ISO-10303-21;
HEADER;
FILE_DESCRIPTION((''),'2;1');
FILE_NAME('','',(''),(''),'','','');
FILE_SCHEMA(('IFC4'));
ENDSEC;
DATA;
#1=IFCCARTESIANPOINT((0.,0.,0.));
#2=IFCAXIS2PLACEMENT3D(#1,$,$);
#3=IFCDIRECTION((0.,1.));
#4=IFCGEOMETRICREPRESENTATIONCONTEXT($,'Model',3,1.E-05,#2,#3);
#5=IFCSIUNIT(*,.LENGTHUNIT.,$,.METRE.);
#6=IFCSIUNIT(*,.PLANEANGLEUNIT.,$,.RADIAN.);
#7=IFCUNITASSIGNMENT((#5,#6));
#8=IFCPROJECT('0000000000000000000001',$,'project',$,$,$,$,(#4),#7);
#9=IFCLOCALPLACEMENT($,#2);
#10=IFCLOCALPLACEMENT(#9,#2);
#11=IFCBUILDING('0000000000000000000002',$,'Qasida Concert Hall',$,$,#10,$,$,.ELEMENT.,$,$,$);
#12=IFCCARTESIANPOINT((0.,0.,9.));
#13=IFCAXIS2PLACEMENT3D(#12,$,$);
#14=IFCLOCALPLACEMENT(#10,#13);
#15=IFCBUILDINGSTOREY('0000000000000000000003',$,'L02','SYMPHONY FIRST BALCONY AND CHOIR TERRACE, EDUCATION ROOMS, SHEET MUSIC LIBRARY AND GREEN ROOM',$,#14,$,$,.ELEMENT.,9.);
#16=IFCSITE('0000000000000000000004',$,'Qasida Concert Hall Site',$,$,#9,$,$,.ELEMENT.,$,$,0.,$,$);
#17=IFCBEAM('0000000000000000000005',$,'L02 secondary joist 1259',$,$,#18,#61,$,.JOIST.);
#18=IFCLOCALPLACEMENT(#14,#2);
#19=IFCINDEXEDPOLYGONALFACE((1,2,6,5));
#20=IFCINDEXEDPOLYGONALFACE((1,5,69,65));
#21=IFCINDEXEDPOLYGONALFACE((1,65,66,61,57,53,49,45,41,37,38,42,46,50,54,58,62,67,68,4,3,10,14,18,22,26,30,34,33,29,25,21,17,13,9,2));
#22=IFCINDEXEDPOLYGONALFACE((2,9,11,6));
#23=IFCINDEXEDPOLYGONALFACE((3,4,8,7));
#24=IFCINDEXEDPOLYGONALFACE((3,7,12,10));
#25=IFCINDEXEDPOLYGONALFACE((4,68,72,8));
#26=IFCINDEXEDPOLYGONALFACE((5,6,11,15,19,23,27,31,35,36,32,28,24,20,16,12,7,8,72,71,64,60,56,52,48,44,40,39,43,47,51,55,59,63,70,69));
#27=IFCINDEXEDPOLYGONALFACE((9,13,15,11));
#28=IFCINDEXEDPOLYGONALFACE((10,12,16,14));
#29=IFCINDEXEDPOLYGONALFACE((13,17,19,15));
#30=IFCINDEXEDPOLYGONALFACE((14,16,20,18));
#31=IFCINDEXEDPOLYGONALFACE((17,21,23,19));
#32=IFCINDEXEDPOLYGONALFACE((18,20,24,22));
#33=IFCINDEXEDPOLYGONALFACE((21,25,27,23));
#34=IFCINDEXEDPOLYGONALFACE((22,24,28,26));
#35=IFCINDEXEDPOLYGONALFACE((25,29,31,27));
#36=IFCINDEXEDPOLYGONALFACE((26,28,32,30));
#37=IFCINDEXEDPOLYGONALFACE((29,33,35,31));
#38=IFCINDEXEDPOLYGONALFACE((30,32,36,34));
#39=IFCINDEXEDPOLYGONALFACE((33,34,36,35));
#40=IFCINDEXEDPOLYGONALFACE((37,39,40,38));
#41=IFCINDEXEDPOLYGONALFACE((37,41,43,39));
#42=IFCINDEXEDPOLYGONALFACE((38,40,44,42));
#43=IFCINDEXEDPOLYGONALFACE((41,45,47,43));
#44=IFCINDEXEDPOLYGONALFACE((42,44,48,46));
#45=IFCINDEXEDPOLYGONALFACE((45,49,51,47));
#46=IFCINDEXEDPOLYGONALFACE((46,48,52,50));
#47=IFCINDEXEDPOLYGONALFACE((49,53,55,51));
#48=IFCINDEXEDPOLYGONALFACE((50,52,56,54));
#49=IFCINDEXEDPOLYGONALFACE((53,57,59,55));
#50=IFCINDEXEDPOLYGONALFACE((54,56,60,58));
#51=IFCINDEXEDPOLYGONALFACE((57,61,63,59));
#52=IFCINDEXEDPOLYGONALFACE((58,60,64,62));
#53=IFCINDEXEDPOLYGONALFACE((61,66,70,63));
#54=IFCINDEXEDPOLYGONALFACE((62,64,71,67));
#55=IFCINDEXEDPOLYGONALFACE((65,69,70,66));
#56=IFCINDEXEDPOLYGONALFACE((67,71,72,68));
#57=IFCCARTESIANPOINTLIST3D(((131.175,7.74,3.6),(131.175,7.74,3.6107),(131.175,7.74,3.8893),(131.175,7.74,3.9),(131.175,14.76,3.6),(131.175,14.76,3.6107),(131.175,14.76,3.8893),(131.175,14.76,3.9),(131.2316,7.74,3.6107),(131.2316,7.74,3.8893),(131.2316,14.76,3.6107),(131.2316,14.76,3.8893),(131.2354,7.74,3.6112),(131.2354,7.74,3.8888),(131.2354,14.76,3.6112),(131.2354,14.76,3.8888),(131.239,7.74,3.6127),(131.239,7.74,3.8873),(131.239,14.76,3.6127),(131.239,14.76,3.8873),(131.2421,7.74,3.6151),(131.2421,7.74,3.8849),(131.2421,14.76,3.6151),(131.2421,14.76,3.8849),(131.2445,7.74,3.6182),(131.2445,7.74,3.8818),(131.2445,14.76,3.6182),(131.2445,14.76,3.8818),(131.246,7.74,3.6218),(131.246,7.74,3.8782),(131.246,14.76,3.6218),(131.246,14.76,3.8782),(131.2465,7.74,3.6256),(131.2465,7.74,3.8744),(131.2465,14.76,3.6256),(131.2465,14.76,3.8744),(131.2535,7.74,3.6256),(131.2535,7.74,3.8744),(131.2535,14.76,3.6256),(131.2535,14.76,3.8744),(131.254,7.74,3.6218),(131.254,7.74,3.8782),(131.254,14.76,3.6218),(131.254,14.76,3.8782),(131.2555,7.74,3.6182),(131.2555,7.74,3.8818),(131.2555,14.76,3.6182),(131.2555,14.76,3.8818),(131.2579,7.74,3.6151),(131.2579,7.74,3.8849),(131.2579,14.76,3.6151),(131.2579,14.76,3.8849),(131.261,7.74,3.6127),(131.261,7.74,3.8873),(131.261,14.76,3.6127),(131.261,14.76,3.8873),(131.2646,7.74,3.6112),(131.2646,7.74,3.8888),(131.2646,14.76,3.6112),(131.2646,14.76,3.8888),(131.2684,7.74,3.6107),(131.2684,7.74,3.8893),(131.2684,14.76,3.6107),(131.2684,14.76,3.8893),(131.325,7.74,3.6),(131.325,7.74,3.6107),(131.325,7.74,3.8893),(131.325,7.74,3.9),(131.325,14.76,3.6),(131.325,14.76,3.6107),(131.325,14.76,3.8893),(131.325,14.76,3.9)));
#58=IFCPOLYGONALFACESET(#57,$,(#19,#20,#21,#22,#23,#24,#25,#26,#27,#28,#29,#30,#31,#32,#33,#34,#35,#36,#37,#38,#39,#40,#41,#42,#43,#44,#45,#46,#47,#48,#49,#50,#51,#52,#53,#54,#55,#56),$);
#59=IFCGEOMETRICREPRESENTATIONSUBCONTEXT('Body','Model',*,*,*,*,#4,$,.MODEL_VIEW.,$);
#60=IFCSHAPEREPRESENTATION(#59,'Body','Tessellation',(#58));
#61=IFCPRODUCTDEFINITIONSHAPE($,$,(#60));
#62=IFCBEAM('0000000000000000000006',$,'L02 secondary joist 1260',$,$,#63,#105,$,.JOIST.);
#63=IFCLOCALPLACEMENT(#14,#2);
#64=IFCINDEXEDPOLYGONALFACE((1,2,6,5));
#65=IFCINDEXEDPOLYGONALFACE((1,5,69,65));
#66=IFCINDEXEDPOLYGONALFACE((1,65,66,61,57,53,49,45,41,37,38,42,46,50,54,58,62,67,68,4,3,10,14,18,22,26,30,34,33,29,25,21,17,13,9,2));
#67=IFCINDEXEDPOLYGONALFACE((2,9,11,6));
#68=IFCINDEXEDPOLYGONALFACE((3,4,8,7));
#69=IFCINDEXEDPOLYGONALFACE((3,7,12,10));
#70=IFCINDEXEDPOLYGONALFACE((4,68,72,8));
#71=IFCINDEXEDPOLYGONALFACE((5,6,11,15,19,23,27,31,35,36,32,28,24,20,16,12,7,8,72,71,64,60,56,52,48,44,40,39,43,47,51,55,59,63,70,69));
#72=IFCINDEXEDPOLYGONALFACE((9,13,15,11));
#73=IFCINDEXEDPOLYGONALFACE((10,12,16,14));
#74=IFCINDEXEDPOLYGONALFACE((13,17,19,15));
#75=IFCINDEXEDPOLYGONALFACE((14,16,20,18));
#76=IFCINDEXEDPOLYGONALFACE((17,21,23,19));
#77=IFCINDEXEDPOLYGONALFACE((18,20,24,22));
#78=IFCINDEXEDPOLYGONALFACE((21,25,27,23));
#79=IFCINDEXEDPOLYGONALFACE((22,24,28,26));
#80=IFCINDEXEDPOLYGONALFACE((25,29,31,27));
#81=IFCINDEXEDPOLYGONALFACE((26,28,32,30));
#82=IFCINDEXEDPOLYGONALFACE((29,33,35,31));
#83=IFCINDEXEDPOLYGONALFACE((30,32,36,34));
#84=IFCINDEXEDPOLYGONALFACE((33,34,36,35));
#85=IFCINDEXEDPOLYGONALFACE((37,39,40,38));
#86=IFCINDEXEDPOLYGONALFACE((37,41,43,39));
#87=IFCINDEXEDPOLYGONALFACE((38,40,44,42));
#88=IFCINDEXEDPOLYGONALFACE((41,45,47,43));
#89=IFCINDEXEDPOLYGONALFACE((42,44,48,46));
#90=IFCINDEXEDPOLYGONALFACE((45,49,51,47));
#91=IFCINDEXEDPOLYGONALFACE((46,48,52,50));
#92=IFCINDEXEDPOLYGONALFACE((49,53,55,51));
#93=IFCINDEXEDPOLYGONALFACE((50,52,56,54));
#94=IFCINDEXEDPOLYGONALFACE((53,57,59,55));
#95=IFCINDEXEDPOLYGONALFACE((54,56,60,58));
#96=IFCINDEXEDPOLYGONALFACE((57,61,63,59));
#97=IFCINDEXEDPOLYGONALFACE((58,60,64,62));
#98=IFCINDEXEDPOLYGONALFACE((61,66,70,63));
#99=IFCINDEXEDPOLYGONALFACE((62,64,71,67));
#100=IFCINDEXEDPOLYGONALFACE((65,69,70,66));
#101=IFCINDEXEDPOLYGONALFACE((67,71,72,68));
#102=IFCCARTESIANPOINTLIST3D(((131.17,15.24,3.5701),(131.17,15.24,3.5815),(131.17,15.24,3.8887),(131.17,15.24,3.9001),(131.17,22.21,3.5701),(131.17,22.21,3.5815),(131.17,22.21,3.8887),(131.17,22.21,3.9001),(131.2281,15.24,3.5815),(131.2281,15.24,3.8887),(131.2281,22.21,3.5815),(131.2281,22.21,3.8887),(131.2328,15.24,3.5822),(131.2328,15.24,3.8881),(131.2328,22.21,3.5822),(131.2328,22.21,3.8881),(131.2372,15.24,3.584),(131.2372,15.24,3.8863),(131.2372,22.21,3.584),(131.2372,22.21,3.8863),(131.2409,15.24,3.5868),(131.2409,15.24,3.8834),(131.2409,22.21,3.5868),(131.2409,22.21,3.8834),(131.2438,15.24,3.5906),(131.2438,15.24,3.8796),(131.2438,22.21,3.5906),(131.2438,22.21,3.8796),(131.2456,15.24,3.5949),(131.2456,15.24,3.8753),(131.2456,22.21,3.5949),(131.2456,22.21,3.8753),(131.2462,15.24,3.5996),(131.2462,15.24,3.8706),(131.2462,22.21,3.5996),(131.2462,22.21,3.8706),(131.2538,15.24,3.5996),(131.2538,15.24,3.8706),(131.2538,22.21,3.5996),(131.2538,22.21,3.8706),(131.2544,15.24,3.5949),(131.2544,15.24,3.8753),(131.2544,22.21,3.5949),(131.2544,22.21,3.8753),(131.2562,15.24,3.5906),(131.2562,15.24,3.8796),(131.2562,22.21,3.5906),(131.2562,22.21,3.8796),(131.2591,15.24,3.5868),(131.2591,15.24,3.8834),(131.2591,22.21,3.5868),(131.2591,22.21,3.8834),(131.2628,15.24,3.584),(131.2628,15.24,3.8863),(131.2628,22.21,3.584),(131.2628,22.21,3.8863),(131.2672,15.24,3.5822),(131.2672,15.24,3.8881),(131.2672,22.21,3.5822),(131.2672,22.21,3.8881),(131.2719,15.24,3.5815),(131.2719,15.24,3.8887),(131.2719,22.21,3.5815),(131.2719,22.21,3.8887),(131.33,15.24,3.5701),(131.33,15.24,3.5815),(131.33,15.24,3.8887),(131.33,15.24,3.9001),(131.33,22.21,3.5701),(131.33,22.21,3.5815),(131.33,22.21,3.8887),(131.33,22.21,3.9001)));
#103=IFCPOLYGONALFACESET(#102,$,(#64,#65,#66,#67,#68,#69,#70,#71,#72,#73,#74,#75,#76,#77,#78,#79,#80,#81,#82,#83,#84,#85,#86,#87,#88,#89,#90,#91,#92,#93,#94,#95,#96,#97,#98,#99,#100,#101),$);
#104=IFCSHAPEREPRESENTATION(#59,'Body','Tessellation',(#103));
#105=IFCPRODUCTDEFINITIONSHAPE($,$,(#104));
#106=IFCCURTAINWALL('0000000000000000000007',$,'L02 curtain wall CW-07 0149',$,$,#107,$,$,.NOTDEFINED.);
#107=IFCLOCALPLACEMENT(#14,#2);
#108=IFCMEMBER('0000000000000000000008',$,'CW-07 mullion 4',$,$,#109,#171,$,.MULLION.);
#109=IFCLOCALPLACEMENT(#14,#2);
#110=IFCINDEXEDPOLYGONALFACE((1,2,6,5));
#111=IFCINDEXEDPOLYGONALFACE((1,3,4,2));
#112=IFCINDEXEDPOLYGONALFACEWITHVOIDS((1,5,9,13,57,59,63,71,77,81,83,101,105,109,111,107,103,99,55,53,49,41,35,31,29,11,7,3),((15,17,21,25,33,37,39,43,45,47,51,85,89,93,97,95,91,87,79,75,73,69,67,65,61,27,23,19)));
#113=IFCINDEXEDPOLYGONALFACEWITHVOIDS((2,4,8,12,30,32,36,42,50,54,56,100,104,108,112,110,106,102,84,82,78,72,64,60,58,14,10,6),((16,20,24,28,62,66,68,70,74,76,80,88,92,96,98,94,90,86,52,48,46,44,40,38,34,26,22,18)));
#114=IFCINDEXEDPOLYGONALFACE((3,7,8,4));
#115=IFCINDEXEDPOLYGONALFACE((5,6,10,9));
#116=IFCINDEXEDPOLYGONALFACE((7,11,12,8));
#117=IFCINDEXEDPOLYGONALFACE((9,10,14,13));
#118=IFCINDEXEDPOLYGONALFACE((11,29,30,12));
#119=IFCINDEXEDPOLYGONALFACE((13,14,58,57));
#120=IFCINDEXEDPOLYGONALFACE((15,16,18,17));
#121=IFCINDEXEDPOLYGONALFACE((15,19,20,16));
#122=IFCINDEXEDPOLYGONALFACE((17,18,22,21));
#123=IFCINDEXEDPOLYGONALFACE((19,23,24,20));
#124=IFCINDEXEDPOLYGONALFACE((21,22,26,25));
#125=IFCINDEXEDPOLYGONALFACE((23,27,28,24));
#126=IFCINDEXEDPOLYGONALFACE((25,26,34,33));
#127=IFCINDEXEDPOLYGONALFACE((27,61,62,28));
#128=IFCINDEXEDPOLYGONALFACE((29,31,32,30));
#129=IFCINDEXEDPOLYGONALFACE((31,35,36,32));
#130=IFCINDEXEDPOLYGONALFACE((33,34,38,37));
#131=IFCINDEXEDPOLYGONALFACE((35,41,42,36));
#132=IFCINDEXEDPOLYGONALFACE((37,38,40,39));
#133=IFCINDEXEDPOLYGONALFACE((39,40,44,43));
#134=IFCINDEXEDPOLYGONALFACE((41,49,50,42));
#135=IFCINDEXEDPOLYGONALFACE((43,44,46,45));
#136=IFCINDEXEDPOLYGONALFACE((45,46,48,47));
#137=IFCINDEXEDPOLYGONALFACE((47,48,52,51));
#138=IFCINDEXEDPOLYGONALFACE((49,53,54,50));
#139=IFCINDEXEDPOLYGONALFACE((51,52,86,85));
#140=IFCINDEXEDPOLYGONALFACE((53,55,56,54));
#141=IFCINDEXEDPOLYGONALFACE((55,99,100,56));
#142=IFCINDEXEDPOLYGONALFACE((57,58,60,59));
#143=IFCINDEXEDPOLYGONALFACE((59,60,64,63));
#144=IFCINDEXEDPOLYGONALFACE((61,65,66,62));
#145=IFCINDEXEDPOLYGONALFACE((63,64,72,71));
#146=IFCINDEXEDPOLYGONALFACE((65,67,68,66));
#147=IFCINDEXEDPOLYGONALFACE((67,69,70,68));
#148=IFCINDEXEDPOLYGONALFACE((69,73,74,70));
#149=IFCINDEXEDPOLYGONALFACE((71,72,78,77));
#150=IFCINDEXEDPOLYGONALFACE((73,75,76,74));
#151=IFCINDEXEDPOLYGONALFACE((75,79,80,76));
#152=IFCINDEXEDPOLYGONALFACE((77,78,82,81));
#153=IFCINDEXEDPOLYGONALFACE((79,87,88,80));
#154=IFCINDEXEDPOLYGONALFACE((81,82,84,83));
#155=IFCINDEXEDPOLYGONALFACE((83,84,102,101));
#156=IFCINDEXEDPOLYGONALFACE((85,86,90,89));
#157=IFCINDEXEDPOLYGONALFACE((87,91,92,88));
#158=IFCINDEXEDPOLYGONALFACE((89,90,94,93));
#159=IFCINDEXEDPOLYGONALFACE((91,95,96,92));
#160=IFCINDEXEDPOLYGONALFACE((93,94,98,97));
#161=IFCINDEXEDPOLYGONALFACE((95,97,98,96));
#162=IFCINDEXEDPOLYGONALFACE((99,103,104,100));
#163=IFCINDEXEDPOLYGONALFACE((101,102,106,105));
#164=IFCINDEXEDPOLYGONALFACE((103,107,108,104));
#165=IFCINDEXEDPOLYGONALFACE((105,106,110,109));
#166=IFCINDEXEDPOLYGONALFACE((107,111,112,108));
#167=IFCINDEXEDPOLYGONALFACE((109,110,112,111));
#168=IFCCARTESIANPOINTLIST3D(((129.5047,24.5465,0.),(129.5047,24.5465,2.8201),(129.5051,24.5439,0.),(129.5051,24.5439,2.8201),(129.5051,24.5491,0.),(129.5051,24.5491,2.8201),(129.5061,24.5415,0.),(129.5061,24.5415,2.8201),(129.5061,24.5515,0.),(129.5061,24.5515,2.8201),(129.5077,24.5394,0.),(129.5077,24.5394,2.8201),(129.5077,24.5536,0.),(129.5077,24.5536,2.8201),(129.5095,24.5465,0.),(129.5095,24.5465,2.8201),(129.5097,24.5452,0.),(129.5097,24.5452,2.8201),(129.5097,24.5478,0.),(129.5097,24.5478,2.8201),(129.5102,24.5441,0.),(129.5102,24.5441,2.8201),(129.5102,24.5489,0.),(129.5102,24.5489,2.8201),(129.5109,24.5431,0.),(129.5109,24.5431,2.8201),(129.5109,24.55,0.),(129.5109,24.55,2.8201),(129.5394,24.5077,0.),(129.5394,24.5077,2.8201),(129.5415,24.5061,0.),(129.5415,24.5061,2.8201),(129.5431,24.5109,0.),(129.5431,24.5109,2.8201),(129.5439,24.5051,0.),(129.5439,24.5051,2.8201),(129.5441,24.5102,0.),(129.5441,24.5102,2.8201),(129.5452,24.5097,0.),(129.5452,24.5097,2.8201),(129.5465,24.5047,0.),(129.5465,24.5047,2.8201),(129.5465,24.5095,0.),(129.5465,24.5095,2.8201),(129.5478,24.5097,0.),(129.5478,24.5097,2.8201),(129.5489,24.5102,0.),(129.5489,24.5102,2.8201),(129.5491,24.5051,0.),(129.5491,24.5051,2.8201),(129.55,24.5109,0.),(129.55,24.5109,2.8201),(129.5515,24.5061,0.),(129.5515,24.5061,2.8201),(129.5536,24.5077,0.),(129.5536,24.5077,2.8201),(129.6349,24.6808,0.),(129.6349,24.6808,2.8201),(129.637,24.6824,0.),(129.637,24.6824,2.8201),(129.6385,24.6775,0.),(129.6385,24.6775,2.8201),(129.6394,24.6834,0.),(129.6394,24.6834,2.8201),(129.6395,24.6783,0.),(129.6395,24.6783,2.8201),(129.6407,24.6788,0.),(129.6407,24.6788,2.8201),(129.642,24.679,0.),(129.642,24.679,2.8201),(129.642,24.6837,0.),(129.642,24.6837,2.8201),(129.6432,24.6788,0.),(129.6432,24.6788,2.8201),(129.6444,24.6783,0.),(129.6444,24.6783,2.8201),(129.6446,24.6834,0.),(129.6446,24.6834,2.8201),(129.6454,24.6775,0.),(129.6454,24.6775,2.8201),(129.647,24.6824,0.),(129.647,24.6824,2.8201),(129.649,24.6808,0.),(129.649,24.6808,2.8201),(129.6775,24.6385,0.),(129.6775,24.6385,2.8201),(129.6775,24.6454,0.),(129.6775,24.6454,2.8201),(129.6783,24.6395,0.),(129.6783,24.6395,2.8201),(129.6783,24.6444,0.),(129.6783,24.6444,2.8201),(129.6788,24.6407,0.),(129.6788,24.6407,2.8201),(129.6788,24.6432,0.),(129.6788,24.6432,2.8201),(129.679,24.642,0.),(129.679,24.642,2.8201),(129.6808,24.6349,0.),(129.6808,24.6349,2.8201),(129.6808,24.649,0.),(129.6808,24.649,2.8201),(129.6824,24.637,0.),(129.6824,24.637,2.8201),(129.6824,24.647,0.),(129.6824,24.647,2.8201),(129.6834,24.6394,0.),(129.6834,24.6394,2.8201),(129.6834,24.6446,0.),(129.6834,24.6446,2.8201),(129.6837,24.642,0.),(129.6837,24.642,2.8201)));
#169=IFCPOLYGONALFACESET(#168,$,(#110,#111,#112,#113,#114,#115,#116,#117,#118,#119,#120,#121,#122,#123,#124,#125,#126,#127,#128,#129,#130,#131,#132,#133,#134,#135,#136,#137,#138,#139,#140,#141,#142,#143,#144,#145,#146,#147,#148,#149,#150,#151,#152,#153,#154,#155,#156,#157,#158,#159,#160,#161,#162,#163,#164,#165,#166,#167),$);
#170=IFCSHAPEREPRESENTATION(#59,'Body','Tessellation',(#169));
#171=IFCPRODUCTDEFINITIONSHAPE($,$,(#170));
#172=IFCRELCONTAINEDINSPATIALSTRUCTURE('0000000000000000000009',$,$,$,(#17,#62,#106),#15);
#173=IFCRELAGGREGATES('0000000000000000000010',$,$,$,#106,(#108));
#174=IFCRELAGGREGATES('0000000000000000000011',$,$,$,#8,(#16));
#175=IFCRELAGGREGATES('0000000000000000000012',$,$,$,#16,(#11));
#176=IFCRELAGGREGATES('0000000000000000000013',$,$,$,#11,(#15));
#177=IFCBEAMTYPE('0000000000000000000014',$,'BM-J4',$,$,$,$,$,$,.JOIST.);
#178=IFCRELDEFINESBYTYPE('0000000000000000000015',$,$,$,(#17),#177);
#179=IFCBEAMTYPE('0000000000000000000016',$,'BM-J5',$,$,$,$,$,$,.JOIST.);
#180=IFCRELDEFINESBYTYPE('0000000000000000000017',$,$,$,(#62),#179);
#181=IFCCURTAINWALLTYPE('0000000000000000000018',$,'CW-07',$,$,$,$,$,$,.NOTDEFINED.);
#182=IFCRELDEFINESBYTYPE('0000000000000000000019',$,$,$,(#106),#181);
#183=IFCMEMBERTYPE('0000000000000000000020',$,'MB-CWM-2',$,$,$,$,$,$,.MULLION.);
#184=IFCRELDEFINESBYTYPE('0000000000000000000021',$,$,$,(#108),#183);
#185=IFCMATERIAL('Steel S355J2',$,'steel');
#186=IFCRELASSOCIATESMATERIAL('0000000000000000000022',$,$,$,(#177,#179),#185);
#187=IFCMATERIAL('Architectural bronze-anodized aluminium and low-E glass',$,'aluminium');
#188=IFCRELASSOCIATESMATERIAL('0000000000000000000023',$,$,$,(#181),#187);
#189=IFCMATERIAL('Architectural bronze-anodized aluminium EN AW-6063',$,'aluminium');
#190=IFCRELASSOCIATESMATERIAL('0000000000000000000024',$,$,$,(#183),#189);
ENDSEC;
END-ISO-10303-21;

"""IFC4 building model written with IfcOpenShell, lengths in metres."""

from ifc_helpers import new_model, si_unit, direction, frame, origin, origin_2d, place, context, subcontext, project, spatial, hollow_rectangle, i_section, extrude, material, material_profile, profile_set, type_object, element, aggregate, save


model = new_model("IFC4")

# Units and contexts
model_context = context("Model", 3, precision=1e-05, world=origin(), true_north=direction((0.0, 1.0)))
body_context = subcontext(model_context, "Body", "Model", "MODEL_VIEW")
ifc_project = project(units=[si_unit("LENGTHUNIT", "METRE"), si_unit("PLANEANGLEUNIT", "RADIAN")], contexts=[model_context])

# Site, building, storey
site_placement = place(None, origin())
site = spatial("IfcSite", under=ifc_project, at=site_placement, Name="Qasida Concert Hall Site", CompositionType="ELEMENT", RefElevation=0.0)
building_placement = place(site_placement, origin())
building = spatial("IfcBuilding", under=site, at=building_placement, Name="Qasida Concert Hall", CompositionType="ELEMENT")
storey_placement = place(building_placement, frame((0.0, 0.0, 9.0)))
storey = spatial("IfcBuildingStorey", under=building, at=storey_placement, Name="L02", Description="SYMPHONY FIRST BALCONY AND CHOIR TERRACE, EDUCATION ROOMS, SHEET MUSIC LIBRARY AND GREEN ROOM", CompositionType="ELEMENT", Elevation=9.0)

# Beams
ifc_material_1 = material(Name="Steel S355J2", Category="steel")
ifc_material_profile_1 = material_profile(ifc_material_1, i_section(OverallWidth=0.1499, OverallDepth=0.3, WebThickness=0.0071, FlangeThickness=0.0107, FilletRadius=0.0149, at=origin_2d()), Name="IPE 300")
ifc_profile_set_1 = profile_set([ifc_material_profile_1], Name="Steel S355J2")
beam_type_1 = type_object("IfcBeamType", Name="BM-J4", PredefinedType="JOIST", material=ifc_profile_set_1)
beam_1_placement = place(storey_placement, frame((131.25, 7.74, 3.75), z_axis=(0.0, 1.0, 0.0), x_axis=(-1.0, 0.0, 0.0)))
element("IfcBeam", 1, at=beam_1_placement, inside=storey, type_object=beam_type_1, Name="L02 secondary joist 1259", PredefinedType="JOIST", context=body_context, shape_type="SweptSolid", body=[
    extrude(i_section(OverallWidth=0.1499, OverallDepth=0.3, WebThickness=0.0071, FlangeThickness=0.0107, FilletRadius=0.0149, at=origin_2d()), origin(), (0.0, 0.0, 1.0), 7.02),
])
ifc_material_profile_2 = material_profile(ifc_material_1, i_section(OverallWidth=0.1599, OverallDepth=0.3301, WebThickness=0.0076, FlangeThickness=0.0115, FilletRadius=0.0181, at=origin_2d()), Name="IPE 330")
ifc_profile_set_2 = profile_set([ifc_material_profile_2], Name="Steel S355J2")
beam_type_2 = type_object("IfcBeamType", Name="BM-J5", PredefinedType="JOIST", material=ifc_profile_set_2)
beam_2_placement = place(storey_placement, frame((131.25, 15.24, 3.7351), z_axis=(0.0, 1.0, 0.0), x_axis=(-1.0, 0.0, 0.0)))
element("IfcBeam", 2, at=beam_2_placement, inside=storey, type_object=beam_type_2, Name="L02 secondary joist 1260", PredefinedType="JOIST", context=body_context, shape_type="SweptSolid", body=[
    extrude(i_section(OverallWidth=0.1599, OverallDepth=0.3301, WebThickness=0.0076, FlangeThickness=0.0115, FilletRadius=0.0181, at=origin_2d()), origin(), (0.0, 0.0, 1.0), 6.97),
])

# Curtain wall, member
ifc_material_2 = material(Name="Architectural bronze-anodized aluminium and low-E glass", Category="aluminium")
curtain_wall_type = type_object("IfcCurtainWallType", Name="CW-07", PredefinedType="NOTDEFINED", material=ifc_material_2)
curtain_wall_1_placement = place(storey_placement, origin())
curtain_wall_1 = element("IfcCurtainWall", 3, at=curtain_wall_1_placement, inside=storey, type_object=curtain_wall_type, Name="L02 curtain wall CW-07 0149", PredefinedType="NOTDEFINED")
ifc_material_3 = material(Name="Architectural bronze-anodized aluminium EN AW-6063", Category="aluminium")
ifc_material_profile_3 = material_profile(ifc_material_3, hollow_rectangle(XDim=0.0649, YDim=0.2, WallThickness=0.0049, InnerFilletRadius=0.0049, OuterFilletRadius=0.01, at=origin_2d()), Name="CWM 200x65x5")
ifc_profile_set_3 = profile_set([ifc_material_profile_3], Name="Architectural bronze-anodized aluminium EN AW-6063")
member_type_1 = type_object("IfcMemberType", Name="MB-CWM-2", PredefinedType="MULLION", material=ifc_profile_set_3)
member_1_placement = place(storey_placement, frame((129.5942, 24.5942, 0.0), z_axis=(0.0, 0.0, 1.0), x_axis=(0.707107, -0.707107, 0.0)))
member_1 = element("IfcMember", 4, at=member_1_placement, type_object=member_type_1, Name="CW-07 mullion 4", PredefinedType="MULLION", context=body_context, shape_type="SweptSolid", body=[
    extrude(hollow_rectangle(XDim=0.0649, YDim=0.2, WallThickness=0.0049, InnerFilletRadius=0.0049, OuterFilletRadius=0.01, at=origin_2d()), origin(), (0.0, 0.0, 1.0), 2.8201),
])

aggregate(curtain_wall_1, [member_1])

save(model, "model.ifc")
